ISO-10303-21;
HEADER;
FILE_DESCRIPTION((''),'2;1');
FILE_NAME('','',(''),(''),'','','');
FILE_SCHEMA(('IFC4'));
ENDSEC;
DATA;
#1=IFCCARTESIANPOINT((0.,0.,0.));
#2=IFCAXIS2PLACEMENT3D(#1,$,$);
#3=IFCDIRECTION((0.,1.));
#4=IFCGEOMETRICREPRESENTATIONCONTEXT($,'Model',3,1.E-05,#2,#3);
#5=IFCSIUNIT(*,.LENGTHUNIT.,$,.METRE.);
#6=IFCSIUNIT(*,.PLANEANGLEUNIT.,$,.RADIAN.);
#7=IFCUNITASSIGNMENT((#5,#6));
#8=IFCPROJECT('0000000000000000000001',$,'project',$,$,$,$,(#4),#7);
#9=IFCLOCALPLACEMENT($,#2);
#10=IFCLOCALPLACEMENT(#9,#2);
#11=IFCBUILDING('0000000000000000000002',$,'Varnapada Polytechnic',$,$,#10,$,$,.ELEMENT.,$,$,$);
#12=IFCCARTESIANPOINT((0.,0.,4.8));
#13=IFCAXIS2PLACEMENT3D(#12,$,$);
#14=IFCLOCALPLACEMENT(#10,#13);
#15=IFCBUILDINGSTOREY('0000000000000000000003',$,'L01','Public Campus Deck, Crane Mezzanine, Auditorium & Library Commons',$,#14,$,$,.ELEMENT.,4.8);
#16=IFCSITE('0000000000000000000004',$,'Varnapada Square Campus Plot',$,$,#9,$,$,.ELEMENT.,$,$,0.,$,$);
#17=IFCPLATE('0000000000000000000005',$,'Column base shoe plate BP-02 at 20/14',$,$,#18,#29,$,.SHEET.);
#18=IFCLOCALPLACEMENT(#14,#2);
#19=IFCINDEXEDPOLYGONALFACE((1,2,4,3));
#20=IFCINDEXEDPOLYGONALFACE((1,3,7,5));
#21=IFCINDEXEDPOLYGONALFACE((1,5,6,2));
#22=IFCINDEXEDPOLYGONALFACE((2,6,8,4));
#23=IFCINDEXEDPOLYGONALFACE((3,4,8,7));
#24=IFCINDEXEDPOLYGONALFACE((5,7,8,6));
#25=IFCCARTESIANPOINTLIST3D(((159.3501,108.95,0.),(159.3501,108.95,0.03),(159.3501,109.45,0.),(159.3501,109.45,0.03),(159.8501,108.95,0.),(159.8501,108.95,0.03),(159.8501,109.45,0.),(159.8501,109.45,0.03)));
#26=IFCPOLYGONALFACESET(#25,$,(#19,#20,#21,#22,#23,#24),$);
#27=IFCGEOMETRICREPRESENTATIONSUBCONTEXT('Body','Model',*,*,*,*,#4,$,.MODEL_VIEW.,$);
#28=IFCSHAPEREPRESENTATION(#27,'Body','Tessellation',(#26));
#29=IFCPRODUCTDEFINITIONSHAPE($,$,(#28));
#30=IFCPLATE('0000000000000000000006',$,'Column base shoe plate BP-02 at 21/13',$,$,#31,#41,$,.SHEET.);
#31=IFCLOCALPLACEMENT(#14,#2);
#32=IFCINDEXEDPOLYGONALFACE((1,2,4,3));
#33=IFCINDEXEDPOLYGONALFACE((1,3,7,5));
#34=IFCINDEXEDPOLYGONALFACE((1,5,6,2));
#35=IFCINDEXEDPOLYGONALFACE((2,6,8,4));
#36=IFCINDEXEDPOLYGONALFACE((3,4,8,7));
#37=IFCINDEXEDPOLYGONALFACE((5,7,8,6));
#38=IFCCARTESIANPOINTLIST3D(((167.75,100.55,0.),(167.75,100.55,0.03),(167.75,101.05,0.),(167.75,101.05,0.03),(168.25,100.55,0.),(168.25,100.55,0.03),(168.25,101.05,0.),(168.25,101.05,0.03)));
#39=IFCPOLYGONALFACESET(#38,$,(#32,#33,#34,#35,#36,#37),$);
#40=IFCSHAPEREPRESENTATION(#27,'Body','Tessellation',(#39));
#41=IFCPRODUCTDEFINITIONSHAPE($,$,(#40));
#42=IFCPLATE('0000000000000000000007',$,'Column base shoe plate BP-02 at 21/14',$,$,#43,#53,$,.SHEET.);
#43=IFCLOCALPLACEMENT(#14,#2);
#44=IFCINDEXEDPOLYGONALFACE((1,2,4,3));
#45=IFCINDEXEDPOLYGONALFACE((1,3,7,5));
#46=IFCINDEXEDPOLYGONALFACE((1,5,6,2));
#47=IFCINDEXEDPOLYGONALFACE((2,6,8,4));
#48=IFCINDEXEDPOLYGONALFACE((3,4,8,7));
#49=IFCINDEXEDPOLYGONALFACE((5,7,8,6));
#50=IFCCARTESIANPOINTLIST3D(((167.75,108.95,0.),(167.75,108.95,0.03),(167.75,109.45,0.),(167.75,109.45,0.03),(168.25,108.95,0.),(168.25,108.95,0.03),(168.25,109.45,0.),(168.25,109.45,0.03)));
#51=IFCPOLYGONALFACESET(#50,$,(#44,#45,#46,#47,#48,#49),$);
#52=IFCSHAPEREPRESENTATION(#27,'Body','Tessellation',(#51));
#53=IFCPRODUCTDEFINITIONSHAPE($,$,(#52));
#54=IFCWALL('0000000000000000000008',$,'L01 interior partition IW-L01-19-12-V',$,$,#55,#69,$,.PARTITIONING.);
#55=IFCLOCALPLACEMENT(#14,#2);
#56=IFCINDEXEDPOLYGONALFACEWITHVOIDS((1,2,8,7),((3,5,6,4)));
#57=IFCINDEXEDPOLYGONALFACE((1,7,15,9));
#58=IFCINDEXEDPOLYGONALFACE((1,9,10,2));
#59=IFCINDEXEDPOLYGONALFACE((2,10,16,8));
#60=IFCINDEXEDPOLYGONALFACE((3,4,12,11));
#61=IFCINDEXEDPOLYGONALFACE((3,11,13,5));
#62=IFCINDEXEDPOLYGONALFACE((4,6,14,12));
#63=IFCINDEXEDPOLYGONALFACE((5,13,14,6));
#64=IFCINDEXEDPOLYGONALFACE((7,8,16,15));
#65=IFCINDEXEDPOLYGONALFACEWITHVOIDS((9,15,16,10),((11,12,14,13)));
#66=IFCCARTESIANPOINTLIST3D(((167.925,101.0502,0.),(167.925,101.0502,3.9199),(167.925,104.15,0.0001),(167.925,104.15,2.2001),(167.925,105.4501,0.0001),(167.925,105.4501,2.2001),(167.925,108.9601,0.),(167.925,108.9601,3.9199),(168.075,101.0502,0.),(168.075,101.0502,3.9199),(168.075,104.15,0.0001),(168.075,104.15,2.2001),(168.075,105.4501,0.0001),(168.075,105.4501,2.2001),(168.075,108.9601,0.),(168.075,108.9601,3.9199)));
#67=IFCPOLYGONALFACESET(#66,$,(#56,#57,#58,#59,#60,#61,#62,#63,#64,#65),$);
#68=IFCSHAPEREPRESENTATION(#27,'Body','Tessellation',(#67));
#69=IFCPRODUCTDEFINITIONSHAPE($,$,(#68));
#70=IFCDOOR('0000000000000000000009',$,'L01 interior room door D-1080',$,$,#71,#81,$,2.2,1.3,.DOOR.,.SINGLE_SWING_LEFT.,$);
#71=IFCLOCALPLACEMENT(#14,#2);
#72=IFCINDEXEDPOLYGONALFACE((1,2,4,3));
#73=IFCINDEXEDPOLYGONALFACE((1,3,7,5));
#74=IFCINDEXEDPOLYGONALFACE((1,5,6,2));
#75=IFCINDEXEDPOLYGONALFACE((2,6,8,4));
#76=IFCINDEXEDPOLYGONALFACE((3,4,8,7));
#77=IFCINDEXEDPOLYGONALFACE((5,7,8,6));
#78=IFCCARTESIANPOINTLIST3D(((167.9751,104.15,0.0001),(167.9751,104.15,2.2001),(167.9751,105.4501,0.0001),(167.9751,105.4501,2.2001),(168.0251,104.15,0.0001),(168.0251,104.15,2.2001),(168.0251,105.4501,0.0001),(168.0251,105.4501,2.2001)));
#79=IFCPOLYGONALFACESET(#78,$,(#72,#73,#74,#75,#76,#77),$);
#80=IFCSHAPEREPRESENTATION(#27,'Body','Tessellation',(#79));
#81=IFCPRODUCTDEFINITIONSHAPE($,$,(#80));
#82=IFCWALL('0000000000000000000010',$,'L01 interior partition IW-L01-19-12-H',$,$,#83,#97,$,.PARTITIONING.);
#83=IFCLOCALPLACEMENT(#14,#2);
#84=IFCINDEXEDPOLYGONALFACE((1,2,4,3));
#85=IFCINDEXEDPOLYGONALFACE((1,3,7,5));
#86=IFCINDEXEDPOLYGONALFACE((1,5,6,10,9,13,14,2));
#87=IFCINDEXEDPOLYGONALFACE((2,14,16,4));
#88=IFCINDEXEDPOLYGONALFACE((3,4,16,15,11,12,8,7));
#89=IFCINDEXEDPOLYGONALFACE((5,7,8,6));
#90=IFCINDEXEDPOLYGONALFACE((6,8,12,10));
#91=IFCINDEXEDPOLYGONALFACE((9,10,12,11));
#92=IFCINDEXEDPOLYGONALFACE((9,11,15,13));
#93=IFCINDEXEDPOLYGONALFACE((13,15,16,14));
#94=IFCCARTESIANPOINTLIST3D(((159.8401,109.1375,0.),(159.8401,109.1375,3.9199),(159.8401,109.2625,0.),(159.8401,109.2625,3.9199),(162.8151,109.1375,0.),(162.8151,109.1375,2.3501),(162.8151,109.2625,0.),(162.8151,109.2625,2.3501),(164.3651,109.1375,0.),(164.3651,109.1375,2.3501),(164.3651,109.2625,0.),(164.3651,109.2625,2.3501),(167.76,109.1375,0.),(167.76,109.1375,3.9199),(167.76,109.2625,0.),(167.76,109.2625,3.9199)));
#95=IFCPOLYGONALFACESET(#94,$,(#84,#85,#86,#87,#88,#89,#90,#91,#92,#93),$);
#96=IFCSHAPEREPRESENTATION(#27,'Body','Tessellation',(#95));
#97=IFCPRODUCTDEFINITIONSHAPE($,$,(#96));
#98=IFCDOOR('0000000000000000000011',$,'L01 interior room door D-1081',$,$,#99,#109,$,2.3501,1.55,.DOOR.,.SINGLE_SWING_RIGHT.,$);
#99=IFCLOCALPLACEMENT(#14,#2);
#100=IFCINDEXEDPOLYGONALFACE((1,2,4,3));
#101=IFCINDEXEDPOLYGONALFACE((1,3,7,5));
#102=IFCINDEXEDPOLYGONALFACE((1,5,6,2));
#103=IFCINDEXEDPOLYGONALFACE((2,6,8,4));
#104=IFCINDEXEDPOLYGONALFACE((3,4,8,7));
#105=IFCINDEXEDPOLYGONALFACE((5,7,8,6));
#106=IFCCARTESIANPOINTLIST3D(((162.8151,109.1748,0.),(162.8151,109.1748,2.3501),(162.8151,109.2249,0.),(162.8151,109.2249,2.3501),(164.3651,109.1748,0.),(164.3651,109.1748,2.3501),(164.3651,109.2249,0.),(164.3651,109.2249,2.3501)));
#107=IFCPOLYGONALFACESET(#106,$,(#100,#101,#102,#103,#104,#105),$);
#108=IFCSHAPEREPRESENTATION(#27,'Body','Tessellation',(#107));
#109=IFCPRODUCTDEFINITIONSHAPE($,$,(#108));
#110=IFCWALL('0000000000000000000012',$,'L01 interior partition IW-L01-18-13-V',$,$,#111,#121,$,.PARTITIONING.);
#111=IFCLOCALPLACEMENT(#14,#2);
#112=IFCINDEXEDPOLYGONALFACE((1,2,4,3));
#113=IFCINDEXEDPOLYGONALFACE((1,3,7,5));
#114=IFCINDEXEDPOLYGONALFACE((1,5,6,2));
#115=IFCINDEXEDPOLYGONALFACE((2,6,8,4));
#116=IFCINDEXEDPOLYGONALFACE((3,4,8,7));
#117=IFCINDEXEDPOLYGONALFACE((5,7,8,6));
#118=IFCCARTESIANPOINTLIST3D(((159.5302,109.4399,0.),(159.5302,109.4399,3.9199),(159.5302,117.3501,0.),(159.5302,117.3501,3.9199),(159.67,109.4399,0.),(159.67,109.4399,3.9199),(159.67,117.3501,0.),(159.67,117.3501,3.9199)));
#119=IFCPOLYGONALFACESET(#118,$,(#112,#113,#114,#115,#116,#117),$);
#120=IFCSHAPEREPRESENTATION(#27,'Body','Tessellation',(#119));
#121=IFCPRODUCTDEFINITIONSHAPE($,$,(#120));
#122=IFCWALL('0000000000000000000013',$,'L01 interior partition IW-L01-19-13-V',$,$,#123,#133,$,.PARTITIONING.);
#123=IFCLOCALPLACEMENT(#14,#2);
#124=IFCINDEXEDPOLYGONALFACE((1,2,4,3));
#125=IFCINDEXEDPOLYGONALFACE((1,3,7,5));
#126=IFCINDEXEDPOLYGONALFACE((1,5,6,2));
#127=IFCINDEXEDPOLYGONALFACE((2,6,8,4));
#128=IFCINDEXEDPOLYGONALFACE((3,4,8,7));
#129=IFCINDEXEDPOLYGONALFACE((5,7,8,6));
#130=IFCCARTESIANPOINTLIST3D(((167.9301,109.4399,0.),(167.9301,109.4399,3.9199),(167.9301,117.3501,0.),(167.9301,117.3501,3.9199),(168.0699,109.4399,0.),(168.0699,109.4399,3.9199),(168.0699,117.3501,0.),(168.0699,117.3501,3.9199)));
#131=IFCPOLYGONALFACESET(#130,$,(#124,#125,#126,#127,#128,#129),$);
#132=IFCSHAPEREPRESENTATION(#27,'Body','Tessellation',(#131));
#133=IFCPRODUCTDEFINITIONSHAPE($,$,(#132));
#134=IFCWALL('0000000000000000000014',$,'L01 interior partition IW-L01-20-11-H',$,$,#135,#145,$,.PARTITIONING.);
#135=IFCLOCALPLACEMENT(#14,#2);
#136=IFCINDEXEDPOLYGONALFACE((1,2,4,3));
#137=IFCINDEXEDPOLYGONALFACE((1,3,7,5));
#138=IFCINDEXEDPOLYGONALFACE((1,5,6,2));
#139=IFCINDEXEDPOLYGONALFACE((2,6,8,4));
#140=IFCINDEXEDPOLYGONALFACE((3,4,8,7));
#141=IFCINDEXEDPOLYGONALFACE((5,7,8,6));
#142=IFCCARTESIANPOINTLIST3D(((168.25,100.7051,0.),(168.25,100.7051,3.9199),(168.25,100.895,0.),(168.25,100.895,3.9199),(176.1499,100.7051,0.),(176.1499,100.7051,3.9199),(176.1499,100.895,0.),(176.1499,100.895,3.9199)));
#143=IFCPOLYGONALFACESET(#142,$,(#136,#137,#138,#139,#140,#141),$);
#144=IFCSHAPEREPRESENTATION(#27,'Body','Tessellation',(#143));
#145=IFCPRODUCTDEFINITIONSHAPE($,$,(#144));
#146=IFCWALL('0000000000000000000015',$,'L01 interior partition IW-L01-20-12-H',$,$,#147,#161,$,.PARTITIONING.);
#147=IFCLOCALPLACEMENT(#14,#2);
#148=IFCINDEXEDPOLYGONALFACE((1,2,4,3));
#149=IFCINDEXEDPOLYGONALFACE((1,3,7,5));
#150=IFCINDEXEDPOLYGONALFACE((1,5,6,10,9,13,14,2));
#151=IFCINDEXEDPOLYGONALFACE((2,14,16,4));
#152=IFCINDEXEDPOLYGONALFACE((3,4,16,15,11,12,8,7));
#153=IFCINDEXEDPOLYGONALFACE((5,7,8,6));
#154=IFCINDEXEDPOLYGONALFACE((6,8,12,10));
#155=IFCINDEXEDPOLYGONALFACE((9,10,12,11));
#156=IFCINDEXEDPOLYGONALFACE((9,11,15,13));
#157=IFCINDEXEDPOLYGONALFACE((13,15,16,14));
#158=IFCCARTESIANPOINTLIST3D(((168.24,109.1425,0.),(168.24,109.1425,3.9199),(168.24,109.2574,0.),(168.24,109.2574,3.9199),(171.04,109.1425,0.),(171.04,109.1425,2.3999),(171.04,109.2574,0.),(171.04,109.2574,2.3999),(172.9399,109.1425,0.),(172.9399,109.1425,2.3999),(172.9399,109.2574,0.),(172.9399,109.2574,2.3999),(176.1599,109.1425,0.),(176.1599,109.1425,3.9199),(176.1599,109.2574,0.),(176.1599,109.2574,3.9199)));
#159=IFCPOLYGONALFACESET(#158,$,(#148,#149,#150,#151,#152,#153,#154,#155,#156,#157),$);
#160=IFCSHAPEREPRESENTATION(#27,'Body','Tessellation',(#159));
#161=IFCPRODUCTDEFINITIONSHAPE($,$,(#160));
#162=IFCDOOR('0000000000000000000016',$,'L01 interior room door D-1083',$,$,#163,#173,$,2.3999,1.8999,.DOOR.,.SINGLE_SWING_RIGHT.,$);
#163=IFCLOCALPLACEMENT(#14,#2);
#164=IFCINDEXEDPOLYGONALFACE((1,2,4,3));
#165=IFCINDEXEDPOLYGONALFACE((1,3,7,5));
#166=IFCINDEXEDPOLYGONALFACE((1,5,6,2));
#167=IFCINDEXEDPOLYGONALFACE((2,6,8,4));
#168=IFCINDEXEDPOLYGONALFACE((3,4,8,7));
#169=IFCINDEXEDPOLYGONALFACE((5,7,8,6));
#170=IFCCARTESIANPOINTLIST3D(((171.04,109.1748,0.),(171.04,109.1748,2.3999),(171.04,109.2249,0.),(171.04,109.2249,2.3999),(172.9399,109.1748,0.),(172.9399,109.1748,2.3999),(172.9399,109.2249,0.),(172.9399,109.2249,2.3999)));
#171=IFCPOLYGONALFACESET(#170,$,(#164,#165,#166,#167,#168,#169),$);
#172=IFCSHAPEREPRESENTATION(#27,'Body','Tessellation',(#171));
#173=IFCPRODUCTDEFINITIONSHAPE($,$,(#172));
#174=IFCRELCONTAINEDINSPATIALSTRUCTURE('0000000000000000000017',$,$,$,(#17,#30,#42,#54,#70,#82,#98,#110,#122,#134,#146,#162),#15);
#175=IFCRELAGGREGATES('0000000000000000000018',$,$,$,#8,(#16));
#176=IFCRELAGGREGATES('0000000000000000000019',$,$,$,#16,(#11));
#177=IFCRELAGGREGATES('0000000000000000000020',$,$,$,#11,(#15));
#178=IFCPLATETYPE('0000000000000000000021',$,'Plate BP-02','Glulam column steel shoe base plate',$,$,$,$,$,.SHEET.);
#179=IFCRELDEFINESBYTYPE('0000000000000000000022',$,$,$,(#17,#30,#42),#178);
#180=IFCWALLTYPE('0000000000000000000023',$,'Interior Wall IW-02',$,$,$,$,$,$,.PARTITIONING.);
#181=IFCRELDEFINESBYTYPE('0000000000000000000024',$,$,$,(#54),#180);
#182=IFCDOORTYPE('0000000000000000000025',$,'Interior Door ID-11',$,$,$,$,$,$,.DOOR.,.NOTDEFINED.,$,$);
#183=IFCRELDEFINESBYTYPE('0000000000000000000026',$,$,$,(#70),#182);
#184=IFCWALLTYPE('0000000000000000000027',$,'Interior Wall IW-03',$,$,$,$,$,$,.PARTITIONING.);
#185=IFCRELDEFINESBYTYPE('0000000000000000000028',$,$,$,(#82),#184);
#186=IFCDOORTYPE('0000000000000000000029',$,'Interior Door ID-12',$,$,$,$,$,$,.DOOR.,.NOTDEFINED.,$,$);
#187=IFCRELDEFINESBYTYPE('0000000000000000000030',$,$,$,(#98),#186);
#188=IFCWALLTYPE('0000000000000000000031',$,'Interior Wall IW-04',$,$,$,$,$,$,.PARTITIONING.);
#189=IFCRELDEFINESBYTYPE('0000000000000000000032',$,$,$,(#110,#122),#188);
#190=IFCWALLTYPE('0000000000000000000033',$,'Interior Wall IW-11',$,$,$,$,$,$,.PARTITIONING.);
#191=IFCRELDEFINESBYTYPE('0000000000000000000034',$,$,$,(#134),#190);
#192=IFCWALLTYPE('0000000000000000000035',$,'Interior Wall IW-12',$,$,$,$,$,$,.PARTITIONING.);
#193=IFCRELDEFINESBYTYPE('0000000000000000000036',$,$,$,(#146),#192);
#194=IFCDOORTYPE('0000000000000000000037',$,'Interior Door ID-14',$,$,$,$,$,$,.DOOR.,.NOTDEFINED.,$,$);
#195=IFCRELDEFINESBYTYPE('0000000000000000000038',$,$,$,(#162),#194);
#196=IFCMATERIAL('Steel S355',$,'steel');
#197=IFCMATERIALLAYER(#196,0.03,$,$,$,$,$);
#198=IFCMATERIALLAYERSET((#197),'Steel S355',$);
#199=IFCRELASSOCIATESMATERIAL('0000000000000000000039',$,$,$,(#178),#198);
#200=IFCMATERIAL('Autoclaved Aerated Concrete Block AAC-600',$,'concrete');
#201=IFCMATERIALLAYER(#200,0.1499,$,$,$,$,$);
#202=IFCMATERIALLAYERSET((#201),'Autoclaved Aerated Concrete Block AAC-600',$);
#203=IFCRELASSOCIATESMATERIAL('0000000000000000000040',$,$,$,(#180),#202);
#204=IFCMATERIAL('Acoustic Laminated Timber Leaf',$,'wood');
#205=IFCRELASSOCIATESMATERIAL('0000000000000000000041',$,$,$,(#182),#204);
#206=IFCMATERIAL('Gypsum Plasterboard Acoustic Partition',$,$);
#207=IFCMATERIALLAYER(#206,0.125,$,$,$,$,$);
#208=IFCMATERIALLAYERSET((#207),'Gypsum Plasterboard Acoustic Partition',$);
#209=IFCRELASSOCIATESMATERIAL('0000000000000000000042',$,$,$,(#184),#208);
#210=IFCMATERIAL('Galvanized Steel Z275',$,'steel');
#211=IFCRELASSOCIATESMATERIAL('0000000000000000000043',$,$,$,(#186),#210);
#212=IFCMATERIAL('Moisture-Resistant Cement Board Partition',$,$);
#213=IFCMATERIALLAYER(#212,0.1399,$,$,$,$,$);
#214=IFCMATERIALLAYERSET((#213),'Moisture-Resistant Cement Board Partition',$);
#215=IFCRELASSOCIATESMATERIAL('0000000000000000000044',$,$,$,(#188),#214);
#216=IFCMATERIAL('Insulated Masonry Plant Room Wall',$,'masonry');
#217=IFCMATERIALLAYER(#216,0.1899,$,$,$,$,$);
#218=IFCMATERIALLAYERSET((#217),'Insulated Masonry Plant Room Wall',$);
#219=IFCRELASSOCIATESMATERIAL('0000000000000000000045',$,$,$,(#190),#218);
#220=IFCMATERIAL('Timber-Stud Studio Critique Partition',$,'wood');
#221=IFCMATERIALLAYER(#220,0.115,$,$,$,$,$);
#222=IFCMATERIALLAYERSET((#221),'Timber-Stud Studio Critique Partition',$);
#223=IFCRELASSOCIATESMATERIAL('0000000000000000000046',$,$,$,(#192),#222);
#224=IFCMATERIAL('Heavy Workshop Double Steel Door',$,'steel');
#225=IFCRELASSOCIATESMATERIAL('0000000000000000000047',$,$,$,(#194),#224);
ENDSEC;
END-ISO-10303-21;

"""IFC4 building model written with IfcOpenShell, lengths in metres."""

from ifc_helpers import new_model, si_unit, direction, frame, frame_2d, origin, origin_2d, place, context, subcontext, project, spatial, rectangle, extrude, material, layer, layer_set, type_object, element, fill, save


model = new_model("IFC4")

# Units and contexts
model_context = context("Model", 3, precision=1e-05, world=origin(), true_north=direction((0.0, 1.0)))
body_context = subcontext(model_context, "Body", "Model", "MODEL_VIEW")
ifc_project = project(units=[si_unit("LENGTHUNIT", "METRE"), si_unit("PLANEANGLEUNIT", "RADIAN")], contexts=[model_context])

# Site, building, storey
site_placement = place(None, origin())
site = spatial("IfcSite", under=ifc_project, at=site_placement, Name="Varnapada Square Campus Plot", CompositionType="ELEMENT", RefElevation=0.0)
building_placement = place(site_placement, origin())
building = spatial("IfcBuilding", under=site, at=building_placement, Name="Varnapada Polytechnic", CompositionType="ELEMENT")
storey_placement = place(building_placement, frame((0.0, 0.0, 4.8)))
storey = spatial("IfcBuildingStorey", under=building, at=storey_placement, Name="L01", Description="Public Campus Deck, Crane Mezzanine, Auditorium & Library Commons", CompositionType="ELEMENT", Elevation=4.8)

# Plates
ifc_material_1 = material(Name="Steel S355", Category="steel")
ifc_layer_1 = layer(ifc_material_1, 0.03)
ifc_layer_set_1 = layer_set([ifc_layer_1], Name="Steel S355")
plate_type = type_object("IfcPlateType", Name="Plate BP-02", Description="Glulam column steel shoe base plate", PredefinedType="SHEET", material=ifc_layer_set_1)
for number, where, z_axis, x_axis, name in (
    (1, (159.6001, 109.2, 0.0), (0.0, 0.0, 1.0), (1.0, 0.0, 0.0), "Column base shoe plate BP-02 at 20/14"),
    (2, (168.0, 100.8, 0.0), (0.0, 0.0, 1.0), (1.0, 0.0, 0.0), "Column base shoe plate BP-02 at 21/13"),
    (3, (168.0, 109.2, 0.0), (0.0, 0.0, 1.0), (1.0, 0.0, 0.0), "Column base shoe plate BP-02 at 21/14"),
):
    element("IfcPlate", number, at=place(storey_placement, frame(where, z_axis=z_axis, x_axis=x_axis)), inside=storey, type_object=plate_type, Name=name, PredefinedType="SHEET", context=body_context, shape_type="SweptSolid", body=[
        extrude(rectangle(XDim=0.5, YDim=0.5, at=origin_2d()), origin(), (0.0, 0.0, 1.0), 0.03),
    ])

# Walls, openings, doors
ifc_material_2 = material(Name="Autoclaved Aerated Concrete Block AAC-600", Category="concrete")
ifc_layer_2 = layer(ifc_material_2, 0.1499)
ifc_layer_set_2 = layer_set([ifc_layer_2], Name="Autoclaved Aerated Concrete Block AAC-600")
wall_type_1 = type_object("IfcWallType", Name="Interior Wall IW-02", PredefinedType="PARTITIONING", material=ifc_layer_set_2)
wall_1_placement = place(storey_placement, frame((168.0, 101.05, 0.0), z_axis=(0.0, 0.0, 1.0), x_axis=(0.0, 1.0, 0.0)))
wall_1 = element("IfcWall", 4, at=wall_1_placement, inside=storey, type_object=wall_type_1, Name="L01 interior partition IW-L01-19-12-V", PredefinedType="PARTITIONING", context=body_context, shape_type="SweptSolid", body=[
    extrude(rectangle(XDim=7.9099, YDim=0.1499, at=frame_2d((3.9551, 0.0))), origin(), (0.0, 0.0, 1.0), 3.9199),
])
opening_1_placement = place(wall_1_placement, frame((3.1001, 0.0, 0.0)))
opening_1 = element("IfcOpeningElement", 5, at=opening_1_placement, cuts=wall_1, PredefinedType="OPENING", context=body_context, shape_type="SweptSolid", body=[
    extrude(rectangle(XDim=1.3, YDim=2.2, at=frame_2d((0.6499, 1.1001))), frame((0.0, 0.085, 0.0), z_axis=(0.0, -1.0, 0.0), x_axis=(1.0, 0.0, 0.0)), (0.0, 0.0, 1.0), 0.1699),
])
ifc_material_3 = material(Name="Acoustic Laminated Timber Leaf", Category="wood")
door_type_1 = type_object("IfcDoorType", Name="Interior Door ID-11", OperationType="NOTDEFINED", PredefinedType="DOOR", material=ifc_material_3)
door_1_placement = place(opening_1_placement, origin())
door_1 = element("IfcDoor", 6, at=door_1_placement, inside=storey, type_object=door_type_1, Name="L01 interior room door D-1080", OperationType="SINGLE_SWING_LEFT", OverallHeight=2.2, OverallWidth=1.3, PredefinedType="DOOR", context=body_context, shape_type="SweptSolid", body=[
    extrude(rectangle(XDim=1.3, YDim=2.2, at=frame_2d((0.6499, 1.1001))), frame((0.0, 0.0249, 0.0), z_axis=(0.0, -1.0, 0.0), x_axis=(1.0, 0.0, 0.0)), (0.0, 0.0, 1.0), 0.05),
])
fill(opening_1, door_1)
ifc_material_4 = material(Name="Gypsum Plasterboard Acoustic Partition")
ifc_layer_3 = layer(ifc_material_4, 0.125)
ifc_layer_set_3 = layer_set([ifc_layer_3], Name="Gypsum Plasterboard Acoustic Partition")
wall_type_2 = type_object("IfcWallType", Name="Interior Wall IW-03", PredefinedType="PARTITIONING", material=ifc_layer_set_3)
wall_2_placement = place(storey_placement, frame((159.8401, 109.2, 0.0), z_axis=(0.0, 0.0, 1.0), x_axis=(1.0, 0.0, 0.0)))
wall_2 = element("IfcWall", 7, at=wall_2_placement, inside=storey, type_object=wall_type_2, Name="L01 interior partition IW-L01-19-12-H", PredefinedType="PARTITIONING", context=body_context, shape_type="SweptSolid", body=[
    extrude(rectangle(XDim=7.9199, YDim=0.125, at=frame_2d((3.96, 0.0))), origin(), (0.0, 0.0, 1.0), 3.9199),
])
opening_2_placement = place(wall_2_placement, frame((2.9751, 0.0, 0.0)))
opening_2 = element("IfcOpeningElement", 8, at=opening_2_placement, cuts=wall_2, PredefinedType="OPENING", context=body_context, shape_type="SweptSolid", body=[
    extrude(rectangle(XDim=1.55, YDim=2.3501, at=frame_2d((0.7749, 1.175))), frame((0.0, 0.0725, 0.0), z_axis=(0.0, -1.0, 0.0), x_axis=(1.0, 0.0, 0.0)), (0.0, 0.0, 1.0), 0.145),
])
ifc_material_5 = material(Name="Galvanized Steel Z275", Category="steel")
door_type_2 = type_object("IfcDoorType", Name="Interior Door ID-12", OperationType="NOTDEFINED", PredefinedType="DOOR", material=ifc_material_5)
door_2_placement = place(opening_2_placement, origin())
door_2 = element("IfcDoor", 9, at=door_2_placement, inside=storey, type_object=door_type_2, Name="L01 interior room door D-1081", OperationType="SINGLE_SWING_RIGHT", OverallHeight=2.3501, OverallWidth=1.55, PredefinedType="DOOR", context=body_context, shape_type="SweptSolid", body=[
    extrude(rectangle(XDim=1.55, YDim=2.3501, at=frame_2d((0.7749, 1.175))), frame((0.0, 0.0249, 0.0), z_axis=(0.0, -1.0, 0.0), x_axis=(1.0, 0.0, 0.0)), (0.0, 0.0, 1.0), 0.05),
])
fill(opening_2, door_2)

# Walls
ifc_material_6 = material(Name="Moisture-Resistant Cement Board Partition")
ifc_layer_4 = layer(ifc_material_6, 0.1399)
ifc_layer_set_4 = layer_set([ifc_layer_4], Name="Moisture-Resistant Cement Board Partition")
wall_type_3 = type_object("IfcWallType", Name="Interior Wall IW-04", PredefinedType="PARTITIONING", material=ifc_layer_set_4)
for number, where, z_axis, x_axis, name in (
    (10, (159.6001, 109.4399, 0.0), (0.0, 0.0, 1.0), (0.0, 1.0, 0.0), "L01 interior partition IW-L01-18-13-V"),
    (11, (168.0, 109.4399, 0.0), (0.0, 0.0, 1.0), (0.0, 1.0, 0.0), "L01 interior partition IW-L01-19-13-V"),
):
    element("IfcWall", number, at=place(storey_placement, frame(where, z_axis=z_axis, x_axis=x_axis)), inside=storey, type_object=wall_type_3, Name=name, PredefinedType="PARTITIONING", context=body_context, shape_type="SweptSolid", body=[
        extrude(rectangle(XDim=7.9102, YDim=0.1399, at=frame_2d((3.9551, 0.0))), origin(), (0.0, 0.0, 1.0), 3.9199),
    ])
ifc_material_7 = material(Name="Insulated Masonry Plant Room Wall", Category="masonry")
ifc_layer_5 = layer(ifc_material_7, 0.1899)
ifc_layer_set_5 = layer_set([ifc_layer_5], Name="Insulated Masonry Plant Room Wall")
wall_type_4 = type_object("IfcWallType", Name="Interior Wall IW-11", PredefinedType="PARTITIONING", material=ifc_layer_set_5)
wall_3_placement = place(storey_placement, frame((168.25, 100.8, 0.0), z_axis=(0.0, 0.0, 1.0), x_axis=(1.0, 0.0, 0.0)))
element("IfcWall", 12, at=wall_3_placement, inside=storey, type_object=wall_type_4, Name="L01 interior partition IW-L01-20-11-H", PredefinedType="PARTITIONING", context=body_context, shape_type="SweptSolid", body=[
    extrude(rectangle(XDim=7.8999, YDim=0.1899, at=frame_2d((3.95, 0.0))), origin(), (0.0, 0.0, 1.0), 3.9199),
])

# Wall, opening, door
ifc_material_8 = material(Name="Timber-Stud Studio Critique Partition", Category="wood")
ifc_layer_6 = layer(ifc_material_8, 0.115)
ifc_layer_set_6 = layer_set([ifc_layer_6], Name="Timber-Stud Studio Critique Partition")
wall_type_5 = type_object("IfcWallType", Name="Interior Wall IW-12", PredefinedType="PARTITIONING", material=ifc_layer_set_6)
wall_4_placement = place(storey_placement, frame((168.24, 109.2, 0.0), z_axis=(0.0, 0.0, 1.0), x_axis=(1.0, 0.0, 0.0)))
wall_4 = element("IfcWall", 13, at=wall_4_placement, inside=storey, type_object=wall_type_5, Name="L01 interior partition IW-L01-20-12-H", PredefinedType="PARTITIONING", context=body_context, shape_type="SweptSolid", body=[
    extrude(rectangle(XDim=7.9199, YDim=0.115, at=frame_2d((3.96, 0.0))), origin(), (0.0, 0.0, 1.0), 3.9199),
])
opening_3_placement = place(wall_4_placement, frame((2.8, 0.0, 0.0)))
opening_3 = element("IfcOpeningElement", 14, at=opening_3_placement, cuts=wall_4, PredefinedType="OPENING", context=body_context, shape_type="SweptSolid", body=[
    extrude(rectangle(XDim=1.8999, YDim=2.3999, at=frame_2d((0.95, 1.2))), frame((0.0, 0.0674, 0.0), z_axis=(0.0, -1.0, 0.0), x_axis=(1.0, 0.0, 0.0)), (0.0, 0.0, 1.0), 0.135),
])
ifc_material_9 = material(Name="Heavy Workshop Double Steel Door", Category="steel")
door_type_3 = type_object("IfcDoorType", Name="Interior Door ID-14", OperationType="NOTDEFINED", PredefinedType="DOOR", material=ifc_material_9)
door_3_placement = place(opening_3_placement, origin())
door_3 = element("IfcDoor", 15, at=door_3_placement, inside=storey, type_object=door_type_3, Name="L01 interior room door D-1083", OperationType="SINGLE_SWING_RIGHT", OverallHeight=2.3999, OverallWidth=1.8999, PredefinedType="DOOR", context=body_context, shape_type="SweptSolid", body=[
    extrude(rectangle(XDim=1.8999, YDim=2.3999, at=frame_2d((0.95, 1.2))), frame((0.0, 0.0249, 0.0), z_axis=(0.0, -1.0, 0.0), x_axis=(1.0, 0.0, 0.0)), (0.0, 0.0, 1.0), 0.05),
])
fill(opening_3, door_3)

save(model, "model.ifc")
